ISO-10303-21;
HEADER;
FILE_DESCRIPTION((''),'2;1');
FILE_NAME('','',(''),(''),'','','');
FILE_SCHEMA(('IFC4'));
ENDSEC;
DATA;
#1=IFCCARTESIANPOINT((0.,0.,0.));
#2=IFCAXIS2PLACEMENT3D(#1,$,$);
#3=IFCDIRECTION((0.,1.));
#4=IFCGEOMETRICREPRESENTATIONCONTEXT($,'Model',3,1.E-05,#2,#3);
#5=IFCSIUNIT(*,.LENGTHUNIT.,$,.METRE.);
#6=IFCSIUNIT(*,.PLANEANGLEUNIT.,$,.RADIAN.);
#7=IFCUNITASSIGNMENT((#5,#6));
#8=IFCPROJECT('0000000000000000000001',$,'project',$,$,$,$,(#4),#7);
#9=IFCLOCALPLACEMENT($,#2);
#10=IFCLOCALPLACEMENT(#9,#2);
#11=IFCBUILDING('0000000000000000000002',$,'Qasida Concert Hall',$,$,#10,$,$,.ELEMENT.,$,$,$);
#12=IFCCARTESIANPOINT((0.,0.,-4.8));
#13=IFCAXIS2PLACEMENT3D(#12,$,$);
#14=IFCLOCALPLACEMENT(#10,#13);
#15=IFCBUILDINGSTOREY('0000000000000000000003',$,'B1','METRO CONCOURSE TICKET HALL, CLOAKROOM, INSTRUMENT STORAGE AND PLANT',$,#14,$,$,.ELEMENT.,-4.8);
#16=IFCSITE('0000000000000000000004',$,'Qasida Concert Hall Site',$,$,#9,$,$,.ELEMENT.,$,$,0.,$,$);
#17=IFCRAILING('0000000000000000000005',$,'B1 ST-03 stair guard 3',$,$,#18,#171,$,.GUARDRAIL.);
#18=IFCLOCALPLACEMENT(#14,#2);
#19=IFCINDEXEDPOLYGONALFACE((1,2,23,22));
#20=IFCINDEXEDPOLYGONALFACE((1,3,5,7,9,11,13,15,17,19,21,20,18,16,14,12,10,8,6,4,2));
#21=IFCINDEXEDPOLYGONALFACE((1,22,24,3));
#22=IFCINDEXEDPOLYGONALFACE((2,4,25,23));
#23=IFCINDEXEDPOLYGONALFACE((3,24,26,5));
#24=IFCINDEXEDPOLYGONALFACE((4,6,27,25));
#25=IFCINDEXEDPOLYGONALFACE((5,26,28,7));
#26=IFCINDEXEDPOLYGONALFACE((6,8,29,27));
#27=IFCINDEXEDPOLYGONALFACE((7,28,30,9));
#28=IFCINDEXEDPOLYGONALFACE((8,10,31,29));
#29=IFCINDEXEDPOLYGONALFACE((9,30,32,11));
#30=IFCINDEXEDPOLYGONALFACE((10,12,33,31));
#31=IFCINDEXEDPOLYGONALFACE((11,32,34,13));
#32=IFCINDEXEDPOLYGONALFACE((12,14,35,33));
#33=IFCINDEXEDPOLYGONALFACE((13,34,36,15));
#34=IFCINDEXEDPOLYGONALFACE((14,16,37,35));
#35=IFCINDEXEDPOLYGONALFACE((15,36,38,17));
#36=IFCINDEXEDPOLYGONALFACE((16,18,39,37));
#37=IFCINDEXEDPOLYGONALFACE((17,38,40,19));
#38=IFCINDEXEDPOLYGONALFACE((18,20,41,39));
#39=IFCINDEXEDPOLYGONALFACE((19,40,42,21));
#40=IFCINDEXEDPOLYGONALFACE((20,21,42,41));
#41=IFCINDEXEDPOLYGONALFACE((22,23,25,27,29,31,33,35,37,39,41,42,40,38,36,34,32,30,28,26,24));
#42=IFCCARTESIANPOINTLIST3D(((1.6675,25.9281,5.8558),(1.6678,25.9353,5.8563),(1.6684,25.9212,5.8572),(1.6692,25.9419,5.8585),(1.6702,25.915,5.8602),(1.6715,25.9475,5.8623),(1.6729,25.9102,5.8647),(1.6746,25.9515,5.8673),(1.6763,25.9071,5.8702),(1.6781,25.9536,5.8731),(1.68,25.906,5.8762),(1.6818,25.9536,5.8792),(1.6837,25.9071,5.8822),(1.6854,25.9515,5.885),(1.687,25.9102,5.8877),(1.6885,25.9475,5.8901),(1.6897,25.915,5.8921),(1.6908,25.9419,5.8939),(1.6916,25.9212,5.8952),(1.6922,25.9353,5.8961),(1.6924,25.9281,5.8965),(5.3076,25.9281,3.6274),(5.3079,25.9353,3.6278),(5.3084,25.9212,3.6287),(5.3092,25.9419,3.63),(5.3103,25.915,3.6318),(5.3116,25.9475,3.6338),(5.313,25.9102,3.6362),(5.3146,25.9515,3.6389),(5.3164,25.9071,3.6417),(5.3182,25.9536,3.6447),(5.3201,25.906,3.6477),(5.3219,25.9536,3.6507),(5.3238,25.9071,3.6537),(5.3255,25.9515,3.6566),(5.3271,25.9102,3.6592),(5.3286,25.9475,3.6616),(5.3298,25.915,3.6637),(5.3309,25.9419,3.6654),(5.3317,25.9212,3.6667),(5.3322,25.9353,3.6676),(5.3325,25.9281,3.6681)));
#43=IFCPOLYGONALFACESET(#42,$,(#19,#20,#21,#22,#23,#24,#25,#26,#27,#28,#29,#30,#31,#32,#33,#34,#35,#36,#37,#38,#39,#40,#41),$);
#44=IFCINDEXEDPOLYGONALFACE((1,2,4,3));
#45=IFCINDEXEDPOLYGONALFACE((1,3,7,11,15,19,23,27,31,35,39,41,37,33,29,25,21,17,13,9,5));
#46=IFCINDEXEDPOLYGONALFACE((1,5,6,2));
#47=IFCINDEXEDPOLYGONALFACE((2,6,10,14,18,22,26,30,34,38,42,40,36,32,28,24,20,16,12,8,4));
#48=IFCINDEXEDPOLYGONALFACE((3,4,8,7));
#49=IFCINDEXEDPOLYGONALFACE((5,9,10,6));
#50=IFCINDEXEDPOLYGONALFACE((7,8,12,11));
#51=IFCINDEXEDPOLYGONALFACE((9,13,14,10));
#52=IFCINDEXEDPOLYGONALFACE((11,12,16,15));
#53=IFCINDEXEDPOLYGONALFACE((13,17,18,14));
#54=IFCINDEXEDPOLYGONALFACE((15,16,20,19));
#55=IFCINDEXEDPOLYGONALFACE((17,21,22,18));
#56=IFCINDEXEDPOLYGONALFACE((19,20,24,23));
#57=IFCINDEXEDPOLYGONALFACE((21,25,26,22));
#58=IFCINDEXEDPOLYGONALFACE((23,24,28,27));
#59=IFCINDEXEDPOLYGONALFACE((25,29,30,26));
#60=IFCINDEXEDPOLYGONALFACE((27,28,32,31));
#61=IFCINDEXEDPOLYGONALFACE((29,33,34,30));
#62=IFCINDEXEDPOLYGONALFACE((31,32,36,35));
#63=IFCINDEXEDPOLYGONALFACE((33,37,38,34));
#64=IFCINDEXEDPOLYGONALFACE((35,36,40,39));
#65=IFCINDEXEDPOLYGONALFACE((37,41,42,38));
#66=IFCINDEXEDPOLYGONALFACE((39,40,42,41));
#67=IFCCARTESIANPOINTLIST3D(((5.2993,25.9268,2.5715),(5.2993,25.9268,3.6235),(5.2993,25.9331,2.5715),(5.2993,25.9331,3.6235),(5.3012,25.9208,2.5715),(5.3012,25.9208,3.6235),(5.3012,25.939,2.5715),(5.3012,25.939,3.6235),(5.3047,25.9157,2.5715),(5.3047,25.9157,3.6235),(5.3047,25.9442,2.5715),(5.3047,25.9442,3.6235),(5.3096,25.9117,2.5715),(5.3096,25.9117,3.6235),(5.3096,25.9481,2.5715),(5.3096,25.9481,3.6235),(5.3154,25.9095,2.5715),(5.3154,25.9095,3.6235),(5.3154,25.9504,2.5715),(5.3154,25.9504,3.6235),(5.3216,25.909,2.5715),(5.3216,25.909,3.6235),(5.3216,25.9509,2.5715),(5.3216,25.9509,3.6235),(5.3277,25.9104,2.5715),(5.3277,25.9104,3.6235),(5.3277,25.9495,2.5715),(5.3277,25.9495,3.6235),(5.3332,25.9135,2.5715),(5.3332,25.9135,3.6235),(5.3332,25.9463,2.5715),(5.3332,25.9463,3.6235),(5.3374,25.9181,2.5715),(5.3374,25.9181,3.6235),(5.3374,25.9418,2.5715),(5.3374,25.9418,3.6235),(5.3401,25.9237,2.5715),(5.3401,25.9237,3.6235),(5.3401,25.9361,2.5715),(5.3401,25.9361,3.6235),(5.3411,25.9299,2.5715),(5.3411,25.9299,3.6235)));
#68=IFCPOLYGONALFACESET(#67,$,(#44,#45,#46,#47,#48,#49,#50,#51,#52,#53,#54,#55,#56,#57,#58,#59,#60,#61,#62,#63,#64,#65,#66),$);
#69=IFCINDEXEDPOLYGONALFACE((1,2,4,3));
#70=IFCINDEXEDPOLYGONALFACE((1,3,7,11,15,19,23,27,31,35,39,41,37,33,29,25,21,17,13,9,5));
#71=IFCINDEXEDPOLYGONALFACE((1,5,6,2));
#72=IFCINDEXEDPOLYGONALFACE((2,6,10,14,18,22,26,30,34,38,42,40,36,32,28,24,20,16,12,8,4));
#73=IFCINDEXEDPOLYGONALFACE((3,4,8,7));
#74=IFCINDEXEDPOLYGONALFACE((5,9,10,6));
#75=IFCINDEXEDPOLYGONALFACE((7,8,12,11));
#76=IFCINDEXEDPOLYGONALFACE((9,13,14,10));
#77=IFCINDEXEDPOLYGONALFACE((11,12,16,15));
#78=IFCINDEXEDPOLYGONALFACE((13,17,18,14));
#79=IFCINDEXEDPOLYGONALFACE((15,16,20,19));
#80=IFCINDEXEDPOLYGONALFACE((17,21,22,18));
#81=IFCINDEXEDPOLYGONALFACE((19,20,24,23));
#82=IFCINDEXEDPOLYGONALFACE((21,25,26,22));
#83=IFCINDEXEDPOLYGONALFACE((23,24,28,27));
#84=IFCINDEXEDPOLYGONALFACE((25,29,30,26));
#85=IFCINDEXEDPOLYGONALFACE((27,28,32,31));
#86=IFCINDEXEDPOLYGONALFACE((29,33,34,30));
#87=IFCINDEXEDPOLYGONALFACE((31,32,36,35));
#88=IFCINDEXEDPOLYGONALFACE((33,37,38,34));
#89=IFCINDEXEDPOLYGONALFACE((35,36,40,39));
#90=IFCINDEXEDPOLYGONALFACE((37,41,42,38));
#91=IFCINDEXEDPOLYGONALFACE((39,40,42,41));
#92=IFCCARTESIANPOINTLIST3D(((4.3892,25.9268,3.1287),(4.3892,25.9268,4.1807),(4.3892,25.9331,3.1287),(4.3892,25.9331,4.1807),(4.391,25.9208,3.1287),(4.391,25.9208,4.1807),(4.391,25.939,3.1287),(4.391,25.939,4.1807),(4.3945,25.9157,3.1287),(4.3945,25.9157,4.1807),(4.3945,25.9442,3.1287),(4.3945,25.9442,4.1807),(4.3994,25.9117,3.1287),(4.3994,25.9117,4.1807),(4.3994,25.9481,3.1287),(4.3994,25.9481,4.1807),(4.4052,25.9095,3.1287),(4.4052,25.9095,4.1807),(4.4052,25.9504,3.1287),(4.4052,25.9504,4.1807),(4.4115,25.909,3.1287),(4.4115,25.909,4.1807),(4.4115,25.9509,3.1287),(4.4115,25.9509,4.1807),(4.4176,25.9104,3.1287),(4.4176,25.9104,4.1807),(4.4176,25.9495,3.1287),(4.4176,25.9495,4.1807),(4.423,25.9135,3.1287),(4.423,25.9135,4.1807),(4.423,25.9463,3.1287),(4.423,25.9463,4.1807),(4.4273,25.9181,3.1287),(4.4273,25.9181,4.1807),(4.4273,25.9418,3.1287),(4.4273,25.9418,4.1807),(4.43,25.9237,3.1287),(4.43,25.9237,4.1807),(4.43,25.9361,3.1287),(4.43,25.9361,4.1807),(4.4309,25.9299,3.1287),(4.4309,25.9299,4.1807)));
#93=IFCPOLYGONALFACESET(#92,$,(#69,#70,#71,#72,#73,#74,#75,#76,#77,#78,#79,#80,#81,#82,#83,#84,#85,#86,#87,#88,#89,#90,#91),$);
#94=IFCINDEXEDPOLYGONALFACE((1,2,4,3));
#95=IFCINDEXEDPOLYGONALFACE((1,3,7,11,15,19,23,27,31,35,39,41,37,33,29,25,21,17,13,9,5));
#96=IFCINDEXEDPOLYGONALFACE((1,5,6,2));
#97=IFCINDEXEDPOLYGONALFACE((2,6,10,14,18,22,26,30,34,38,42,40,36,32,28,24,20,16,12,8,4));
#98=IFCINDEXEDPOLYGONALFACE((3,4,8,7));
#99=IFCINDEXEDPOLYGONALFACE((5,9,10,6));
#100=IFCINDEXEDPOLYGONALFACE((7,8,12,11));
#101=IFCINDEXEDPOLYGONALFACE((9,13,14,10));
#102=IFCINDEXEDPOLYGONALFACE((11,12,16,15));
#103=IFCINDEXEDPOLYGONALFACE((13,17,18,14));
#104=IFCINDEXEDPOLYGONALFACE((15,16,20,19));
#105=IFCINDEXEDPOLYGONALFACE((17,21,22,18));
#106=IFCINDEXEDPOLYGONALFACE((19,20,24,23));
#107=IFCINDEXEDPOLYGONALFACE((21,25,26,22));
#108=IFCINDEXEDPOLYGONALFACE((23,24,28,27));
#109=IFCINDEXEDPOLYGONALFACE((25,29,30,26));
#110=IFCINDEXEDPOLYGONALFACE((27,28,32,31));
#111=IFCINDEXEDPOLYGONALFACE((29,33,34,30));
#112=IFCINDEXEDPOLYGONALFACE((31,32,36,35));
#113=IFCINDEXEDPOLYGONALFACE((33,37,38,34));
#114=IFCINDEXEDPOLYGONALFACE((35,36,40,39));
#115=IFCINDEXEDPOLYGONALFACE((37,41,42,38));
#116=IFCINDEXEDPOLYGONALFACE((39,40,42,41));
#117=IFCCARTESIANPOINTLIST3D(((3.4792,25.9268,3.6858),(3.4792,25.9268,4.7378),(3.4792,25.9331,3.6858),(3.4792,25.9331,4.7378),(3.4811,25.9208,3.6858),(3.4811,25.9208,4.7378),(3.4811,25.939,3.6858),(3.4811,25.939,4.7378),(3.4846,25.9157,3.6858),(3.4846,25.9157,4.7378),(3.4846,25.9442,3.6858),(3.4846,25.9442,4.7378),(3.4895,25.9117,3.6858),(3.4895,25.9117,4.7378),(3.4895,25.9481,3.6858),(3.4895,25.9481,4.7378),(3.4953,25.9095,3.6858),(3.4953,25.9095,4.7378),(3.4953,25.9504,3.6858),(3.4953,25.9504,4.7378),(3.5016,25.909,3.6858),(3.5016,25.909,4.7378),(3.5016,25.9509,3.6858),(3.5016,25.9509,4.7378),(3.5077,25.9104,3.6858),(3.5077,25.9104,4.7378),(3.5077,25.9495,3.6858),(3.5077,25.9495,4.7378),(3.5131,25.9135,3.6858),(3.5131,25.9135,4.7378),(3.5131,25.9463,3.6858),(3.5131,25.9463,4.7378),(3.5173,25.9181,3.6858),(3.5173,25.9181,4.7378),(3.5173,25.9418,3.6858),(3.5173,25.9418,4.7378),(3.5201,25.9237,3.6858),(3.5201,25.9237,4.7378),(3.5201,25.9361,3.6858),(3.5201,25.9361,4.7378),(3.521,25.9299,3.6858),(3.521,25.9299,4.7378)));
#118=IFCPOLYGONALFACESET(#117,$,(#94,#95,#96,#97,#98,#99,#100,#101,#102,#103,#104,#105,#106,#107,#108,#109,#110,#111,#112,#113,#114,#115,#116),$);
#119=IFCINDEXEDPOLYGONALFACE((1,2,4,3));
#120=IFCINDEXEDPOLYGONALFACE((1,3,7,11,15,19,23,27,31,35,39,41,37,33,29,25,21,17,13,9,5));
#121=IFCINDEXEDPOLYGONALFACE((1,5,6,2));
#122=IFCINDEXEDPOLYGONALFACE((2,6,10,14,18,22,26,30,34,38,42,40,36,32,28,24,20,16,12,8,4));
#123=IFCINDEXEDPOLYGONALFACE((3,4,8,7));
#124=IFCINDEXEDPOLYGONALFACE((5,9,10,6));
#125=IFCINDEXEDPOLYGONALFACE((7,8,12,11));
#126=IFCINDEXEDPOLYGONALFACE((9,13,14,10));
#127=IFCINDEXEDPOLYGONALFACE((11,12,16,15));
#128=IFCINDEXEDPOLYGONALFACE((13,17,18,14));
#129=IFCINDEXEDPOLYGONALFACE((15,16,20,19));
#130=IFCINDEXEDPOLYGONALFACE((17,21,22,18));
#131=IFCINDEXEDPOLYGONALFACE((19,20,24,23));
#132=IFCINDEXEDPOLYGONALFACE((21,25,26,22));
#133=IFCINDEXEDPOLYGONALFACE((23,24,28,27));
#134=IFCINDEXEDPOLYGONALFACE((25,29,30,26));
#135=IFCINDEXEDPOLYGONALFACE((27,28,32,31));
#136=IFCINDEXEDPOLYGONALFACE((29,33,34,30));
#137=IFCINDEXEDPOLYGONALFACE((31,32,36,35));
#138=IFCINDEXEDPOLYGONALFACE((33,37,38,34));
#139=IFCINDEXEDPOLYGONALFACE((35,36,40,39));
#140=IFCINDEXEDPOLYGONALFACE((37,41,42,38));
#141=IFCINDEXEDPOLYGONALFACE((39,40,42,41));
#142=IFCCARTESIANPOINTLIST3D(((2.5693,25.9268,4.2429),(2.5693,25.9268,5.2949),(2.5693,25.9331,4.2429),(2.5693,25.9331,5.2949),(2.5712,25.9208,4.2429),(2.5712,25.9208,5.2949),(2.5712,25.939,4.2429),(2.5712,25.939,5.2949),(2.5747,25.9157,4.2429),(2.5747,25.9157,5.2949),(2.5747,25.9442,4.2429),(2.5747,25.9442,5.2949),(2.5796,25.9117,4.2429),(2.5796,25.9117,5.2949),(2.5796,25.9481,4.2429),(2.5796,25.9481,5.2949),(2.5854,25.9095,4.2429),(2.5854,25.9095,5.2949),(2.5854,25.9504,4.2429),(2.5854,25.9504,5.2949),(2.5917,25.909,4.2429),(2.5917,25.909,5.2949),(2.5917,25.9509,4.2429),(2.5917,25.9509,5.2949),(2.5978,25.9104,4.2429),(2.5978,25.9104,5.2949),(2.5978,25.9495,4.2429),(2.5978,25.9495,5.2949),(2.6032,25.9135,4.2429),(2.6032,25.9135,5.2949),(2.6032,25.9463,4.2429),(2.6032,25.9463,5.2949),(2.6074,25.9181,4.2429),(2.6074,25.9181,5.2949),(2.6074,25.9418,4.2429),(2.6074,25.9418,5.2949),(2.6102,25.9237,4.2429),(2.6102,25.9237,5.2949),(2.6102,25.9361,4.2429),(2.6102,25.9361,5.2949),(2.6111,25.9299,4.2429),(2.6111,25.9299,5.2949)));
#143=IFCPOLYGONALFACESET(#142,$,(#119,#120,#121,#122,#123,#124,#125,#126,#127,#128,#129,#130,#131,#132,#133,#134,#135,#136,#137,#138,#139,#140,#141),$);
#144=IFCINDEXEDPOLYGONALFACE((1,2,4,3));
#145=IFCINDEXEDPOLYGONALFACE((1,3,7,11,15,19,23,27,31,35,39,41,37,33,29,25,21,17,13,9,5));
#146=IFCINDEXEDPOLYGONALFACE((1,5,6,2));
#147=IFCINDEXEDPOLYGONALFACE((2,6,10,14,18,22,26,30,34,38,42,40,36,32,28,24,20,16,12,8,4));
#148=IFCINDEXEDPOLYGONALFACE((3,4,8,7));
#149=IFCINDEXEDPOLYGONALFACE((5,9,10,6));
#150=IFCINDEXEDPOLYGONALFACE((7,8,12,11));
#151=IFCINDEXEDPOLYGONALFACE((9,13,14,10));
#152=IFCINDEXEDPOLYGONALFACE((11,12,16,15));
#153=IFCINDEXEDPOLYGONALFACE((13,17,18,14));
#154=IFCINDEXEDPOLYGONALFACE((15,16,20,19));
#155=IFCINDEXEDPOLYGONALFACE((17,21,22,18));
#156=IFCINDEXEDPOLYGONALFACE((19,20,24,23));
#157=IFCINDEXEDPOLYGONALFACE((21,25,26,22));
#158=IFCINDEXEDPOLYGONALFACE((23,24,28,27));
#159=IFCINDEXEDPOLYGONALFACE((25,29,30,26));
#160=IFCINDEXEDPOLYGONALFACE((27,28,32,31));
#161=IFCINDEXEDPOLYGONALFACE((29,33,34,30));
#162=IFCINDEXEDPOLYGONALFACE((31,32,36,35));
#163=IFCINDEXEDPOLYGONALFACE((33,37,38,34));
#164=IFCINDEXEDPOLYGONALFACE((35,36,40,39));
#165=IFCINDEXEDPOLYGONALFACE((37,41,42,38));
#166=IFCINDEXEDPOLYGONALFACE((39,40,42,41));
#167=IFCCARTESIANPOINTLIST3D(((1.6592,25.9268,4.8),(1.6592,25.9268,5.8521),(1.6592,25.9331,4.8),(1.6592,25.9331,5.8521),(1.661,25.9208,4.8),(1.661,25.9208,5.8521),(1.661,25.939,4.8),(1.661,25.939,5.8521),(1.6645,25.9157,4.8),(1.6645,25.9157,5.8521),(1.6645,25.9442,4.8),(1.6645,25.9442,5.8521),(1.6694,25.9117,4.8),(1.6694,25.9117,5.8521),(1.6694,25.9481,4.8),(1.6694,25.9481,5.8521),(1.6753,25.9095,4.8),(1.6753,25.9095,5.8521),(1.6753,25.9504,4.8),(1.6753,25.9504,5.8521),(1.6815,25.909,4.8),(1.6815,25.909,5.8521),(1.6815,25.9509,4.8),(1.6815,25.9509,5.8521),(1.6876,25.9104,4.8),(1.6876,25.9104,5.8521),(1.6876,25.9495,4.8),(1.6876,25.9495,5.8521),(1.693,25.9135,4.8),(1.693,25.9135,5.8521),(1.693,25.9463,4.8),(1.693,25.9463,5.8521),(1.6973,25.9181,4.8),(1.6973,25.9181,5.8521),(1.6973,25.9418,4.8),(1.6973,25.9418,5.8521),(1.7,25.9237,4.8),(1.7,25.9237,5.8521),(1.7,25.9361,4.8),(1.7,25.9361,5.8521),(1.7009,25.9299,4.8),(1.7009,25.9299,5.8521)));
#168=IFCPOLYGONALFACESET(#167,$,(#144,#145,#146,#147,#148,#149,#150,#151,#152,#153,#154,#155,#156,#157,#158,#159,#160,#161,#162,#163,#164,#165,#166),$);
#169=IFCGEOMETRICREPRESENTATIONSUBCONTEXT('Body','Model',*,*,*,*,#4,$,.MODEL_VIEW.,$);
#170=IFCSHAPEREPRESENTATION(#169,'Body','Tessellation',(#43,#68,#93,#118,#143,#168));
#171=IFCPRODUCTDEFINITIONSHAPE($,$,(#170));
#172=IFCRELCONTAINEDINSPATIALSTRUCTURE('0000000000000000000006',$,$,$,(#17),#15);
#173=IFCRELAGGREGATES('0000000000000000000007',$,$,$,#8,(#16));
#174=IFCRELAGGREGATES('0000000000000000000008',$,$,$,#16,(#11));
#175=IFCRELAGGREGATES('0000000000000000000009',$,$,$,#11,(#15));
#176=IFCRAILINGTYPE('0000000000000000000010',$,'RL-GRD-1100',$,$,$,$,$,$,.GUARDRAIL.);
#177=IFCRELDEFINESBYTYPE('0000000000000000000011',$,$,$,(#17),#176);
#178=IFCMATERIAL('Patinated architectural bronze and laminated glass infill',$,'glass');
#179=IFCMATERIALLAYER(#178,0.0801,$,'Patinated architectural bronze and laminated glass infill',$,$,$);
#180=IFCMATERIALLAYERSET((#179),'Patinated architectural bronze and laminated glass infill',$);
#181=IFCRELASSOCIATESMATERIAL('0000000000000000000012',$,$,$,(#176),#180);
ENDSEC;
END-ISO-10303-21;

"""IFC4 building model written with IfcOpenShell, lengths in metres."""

from ifc_helpers import new_model, si_unit, direction, frame, origin, origin_2d, place, context, subcontext, project, spatial, circle, extrude, material, layer, layer_set, type_object, element, save


model = new_model("IFC4")

# Units and contexts
model_context = context("Model", 3, precision=1e-05, world=origin(), true_north=direction((0.0, 1.0)))
body_context = subcontext(model_context, "Body", "Model", "MODEL_VIEW")
ifc_project = project(units=[si_unit("LENGTHUNIT", "METRE"), si_unit("PLANEANGLEUNIT", "RADIAN")], contexts=[model_context])

# Site, building, storey
site_placement = place(None, origin())
site = spatial("IfcSite", under=ifc_project, at=site_placement, Name="Qasida Concert Hall Site", CompositionType="ELEMENT", RefElevation=0.0)
building_placement = place(site_placement, origin())
building = spatial("IfcBuilding", under=site, at=building_placement, Name="Qasida Concert Hall", CompositionType="ELEMENT")
storey_placement = place(building_placement, frame((0.0, 0.0, -4.8)))
storey = spatial("IfcBuildingStorey", under=building, at=storey_placement, Name="B1", Description="METRO CONCOURSE TICKET HALL, CLOAKROOM, INSTRUMENT STORAGE AND PLANT", CompositionType="ELEMENT", Elevation=-4.8)

# Railing
ifc_material_1 = material(Name="Patinated architectural bronze and laminated glass infill", Category="glass")
ifc_layer_1 = layer(ifc_material_1, 0.0801, Name="Patinated architectural bronze and laminated glass infill")
ifc_layer_set_1 = layer_set([ifc_layer_1], Name="Patinated architectural bronze and laminated glass infill")
railing_type_1 = type_object("IfcRailingType", Name="RL-GRD-1100", PredefinedType="GUARDRAIL", material=ifc_layer_set_1)
railing_1_placement = place(storey_placement, frame((5.3201, 25.9299, 2.5715)))
element("IfcRailing", 1, at=railing_1_placement, inside=storey, type_object=railing_type_1, Name="B1 ST-03 stair guard 3", PredefinedType="GUARDRAIL", context=body_context, shape_type="SweptSolid", body=[
    extrude(circle(Radius=0.0239, at=origin_2d()), frame((0.0, 0.0, 1.0762), z_axis=(-0.852866, 0.0, 0.52213), x_axis=(0.0, -1.0, 0.0)), (0.0, 0.0, 1.0), 4.2681),
    extrude(circle(Radius=0.021, at=origin_2d()), origin(), (0.0, 0.0, 1.0), 1.052),
    extrude(circle(Radius=0.021, at=origin_2d()), frame((-0.9102, 0.0, 0.5571)), (0.0, 0.0, 1.0), 1.052),
    extrude(circle(Radius=0.021, at=origin_2d()), frame((-1.8201, 0.0, 1.1143)), (0.0, 0.0, 1.0), 1.052),
    extrude(circle(Radius=0.021, at=origin_2d()), frame((-2.73, 0.0, 1.6714)), (0.0, 0.0, 1.0), 1.052),
    extrude(circle(Radius=0.021, at=origin_2d()), frame((-3.6401, 0.0, 2.2285)), (0.0, 0.0, 1.0), 1.052),
])

save(model, "model.ifc")
